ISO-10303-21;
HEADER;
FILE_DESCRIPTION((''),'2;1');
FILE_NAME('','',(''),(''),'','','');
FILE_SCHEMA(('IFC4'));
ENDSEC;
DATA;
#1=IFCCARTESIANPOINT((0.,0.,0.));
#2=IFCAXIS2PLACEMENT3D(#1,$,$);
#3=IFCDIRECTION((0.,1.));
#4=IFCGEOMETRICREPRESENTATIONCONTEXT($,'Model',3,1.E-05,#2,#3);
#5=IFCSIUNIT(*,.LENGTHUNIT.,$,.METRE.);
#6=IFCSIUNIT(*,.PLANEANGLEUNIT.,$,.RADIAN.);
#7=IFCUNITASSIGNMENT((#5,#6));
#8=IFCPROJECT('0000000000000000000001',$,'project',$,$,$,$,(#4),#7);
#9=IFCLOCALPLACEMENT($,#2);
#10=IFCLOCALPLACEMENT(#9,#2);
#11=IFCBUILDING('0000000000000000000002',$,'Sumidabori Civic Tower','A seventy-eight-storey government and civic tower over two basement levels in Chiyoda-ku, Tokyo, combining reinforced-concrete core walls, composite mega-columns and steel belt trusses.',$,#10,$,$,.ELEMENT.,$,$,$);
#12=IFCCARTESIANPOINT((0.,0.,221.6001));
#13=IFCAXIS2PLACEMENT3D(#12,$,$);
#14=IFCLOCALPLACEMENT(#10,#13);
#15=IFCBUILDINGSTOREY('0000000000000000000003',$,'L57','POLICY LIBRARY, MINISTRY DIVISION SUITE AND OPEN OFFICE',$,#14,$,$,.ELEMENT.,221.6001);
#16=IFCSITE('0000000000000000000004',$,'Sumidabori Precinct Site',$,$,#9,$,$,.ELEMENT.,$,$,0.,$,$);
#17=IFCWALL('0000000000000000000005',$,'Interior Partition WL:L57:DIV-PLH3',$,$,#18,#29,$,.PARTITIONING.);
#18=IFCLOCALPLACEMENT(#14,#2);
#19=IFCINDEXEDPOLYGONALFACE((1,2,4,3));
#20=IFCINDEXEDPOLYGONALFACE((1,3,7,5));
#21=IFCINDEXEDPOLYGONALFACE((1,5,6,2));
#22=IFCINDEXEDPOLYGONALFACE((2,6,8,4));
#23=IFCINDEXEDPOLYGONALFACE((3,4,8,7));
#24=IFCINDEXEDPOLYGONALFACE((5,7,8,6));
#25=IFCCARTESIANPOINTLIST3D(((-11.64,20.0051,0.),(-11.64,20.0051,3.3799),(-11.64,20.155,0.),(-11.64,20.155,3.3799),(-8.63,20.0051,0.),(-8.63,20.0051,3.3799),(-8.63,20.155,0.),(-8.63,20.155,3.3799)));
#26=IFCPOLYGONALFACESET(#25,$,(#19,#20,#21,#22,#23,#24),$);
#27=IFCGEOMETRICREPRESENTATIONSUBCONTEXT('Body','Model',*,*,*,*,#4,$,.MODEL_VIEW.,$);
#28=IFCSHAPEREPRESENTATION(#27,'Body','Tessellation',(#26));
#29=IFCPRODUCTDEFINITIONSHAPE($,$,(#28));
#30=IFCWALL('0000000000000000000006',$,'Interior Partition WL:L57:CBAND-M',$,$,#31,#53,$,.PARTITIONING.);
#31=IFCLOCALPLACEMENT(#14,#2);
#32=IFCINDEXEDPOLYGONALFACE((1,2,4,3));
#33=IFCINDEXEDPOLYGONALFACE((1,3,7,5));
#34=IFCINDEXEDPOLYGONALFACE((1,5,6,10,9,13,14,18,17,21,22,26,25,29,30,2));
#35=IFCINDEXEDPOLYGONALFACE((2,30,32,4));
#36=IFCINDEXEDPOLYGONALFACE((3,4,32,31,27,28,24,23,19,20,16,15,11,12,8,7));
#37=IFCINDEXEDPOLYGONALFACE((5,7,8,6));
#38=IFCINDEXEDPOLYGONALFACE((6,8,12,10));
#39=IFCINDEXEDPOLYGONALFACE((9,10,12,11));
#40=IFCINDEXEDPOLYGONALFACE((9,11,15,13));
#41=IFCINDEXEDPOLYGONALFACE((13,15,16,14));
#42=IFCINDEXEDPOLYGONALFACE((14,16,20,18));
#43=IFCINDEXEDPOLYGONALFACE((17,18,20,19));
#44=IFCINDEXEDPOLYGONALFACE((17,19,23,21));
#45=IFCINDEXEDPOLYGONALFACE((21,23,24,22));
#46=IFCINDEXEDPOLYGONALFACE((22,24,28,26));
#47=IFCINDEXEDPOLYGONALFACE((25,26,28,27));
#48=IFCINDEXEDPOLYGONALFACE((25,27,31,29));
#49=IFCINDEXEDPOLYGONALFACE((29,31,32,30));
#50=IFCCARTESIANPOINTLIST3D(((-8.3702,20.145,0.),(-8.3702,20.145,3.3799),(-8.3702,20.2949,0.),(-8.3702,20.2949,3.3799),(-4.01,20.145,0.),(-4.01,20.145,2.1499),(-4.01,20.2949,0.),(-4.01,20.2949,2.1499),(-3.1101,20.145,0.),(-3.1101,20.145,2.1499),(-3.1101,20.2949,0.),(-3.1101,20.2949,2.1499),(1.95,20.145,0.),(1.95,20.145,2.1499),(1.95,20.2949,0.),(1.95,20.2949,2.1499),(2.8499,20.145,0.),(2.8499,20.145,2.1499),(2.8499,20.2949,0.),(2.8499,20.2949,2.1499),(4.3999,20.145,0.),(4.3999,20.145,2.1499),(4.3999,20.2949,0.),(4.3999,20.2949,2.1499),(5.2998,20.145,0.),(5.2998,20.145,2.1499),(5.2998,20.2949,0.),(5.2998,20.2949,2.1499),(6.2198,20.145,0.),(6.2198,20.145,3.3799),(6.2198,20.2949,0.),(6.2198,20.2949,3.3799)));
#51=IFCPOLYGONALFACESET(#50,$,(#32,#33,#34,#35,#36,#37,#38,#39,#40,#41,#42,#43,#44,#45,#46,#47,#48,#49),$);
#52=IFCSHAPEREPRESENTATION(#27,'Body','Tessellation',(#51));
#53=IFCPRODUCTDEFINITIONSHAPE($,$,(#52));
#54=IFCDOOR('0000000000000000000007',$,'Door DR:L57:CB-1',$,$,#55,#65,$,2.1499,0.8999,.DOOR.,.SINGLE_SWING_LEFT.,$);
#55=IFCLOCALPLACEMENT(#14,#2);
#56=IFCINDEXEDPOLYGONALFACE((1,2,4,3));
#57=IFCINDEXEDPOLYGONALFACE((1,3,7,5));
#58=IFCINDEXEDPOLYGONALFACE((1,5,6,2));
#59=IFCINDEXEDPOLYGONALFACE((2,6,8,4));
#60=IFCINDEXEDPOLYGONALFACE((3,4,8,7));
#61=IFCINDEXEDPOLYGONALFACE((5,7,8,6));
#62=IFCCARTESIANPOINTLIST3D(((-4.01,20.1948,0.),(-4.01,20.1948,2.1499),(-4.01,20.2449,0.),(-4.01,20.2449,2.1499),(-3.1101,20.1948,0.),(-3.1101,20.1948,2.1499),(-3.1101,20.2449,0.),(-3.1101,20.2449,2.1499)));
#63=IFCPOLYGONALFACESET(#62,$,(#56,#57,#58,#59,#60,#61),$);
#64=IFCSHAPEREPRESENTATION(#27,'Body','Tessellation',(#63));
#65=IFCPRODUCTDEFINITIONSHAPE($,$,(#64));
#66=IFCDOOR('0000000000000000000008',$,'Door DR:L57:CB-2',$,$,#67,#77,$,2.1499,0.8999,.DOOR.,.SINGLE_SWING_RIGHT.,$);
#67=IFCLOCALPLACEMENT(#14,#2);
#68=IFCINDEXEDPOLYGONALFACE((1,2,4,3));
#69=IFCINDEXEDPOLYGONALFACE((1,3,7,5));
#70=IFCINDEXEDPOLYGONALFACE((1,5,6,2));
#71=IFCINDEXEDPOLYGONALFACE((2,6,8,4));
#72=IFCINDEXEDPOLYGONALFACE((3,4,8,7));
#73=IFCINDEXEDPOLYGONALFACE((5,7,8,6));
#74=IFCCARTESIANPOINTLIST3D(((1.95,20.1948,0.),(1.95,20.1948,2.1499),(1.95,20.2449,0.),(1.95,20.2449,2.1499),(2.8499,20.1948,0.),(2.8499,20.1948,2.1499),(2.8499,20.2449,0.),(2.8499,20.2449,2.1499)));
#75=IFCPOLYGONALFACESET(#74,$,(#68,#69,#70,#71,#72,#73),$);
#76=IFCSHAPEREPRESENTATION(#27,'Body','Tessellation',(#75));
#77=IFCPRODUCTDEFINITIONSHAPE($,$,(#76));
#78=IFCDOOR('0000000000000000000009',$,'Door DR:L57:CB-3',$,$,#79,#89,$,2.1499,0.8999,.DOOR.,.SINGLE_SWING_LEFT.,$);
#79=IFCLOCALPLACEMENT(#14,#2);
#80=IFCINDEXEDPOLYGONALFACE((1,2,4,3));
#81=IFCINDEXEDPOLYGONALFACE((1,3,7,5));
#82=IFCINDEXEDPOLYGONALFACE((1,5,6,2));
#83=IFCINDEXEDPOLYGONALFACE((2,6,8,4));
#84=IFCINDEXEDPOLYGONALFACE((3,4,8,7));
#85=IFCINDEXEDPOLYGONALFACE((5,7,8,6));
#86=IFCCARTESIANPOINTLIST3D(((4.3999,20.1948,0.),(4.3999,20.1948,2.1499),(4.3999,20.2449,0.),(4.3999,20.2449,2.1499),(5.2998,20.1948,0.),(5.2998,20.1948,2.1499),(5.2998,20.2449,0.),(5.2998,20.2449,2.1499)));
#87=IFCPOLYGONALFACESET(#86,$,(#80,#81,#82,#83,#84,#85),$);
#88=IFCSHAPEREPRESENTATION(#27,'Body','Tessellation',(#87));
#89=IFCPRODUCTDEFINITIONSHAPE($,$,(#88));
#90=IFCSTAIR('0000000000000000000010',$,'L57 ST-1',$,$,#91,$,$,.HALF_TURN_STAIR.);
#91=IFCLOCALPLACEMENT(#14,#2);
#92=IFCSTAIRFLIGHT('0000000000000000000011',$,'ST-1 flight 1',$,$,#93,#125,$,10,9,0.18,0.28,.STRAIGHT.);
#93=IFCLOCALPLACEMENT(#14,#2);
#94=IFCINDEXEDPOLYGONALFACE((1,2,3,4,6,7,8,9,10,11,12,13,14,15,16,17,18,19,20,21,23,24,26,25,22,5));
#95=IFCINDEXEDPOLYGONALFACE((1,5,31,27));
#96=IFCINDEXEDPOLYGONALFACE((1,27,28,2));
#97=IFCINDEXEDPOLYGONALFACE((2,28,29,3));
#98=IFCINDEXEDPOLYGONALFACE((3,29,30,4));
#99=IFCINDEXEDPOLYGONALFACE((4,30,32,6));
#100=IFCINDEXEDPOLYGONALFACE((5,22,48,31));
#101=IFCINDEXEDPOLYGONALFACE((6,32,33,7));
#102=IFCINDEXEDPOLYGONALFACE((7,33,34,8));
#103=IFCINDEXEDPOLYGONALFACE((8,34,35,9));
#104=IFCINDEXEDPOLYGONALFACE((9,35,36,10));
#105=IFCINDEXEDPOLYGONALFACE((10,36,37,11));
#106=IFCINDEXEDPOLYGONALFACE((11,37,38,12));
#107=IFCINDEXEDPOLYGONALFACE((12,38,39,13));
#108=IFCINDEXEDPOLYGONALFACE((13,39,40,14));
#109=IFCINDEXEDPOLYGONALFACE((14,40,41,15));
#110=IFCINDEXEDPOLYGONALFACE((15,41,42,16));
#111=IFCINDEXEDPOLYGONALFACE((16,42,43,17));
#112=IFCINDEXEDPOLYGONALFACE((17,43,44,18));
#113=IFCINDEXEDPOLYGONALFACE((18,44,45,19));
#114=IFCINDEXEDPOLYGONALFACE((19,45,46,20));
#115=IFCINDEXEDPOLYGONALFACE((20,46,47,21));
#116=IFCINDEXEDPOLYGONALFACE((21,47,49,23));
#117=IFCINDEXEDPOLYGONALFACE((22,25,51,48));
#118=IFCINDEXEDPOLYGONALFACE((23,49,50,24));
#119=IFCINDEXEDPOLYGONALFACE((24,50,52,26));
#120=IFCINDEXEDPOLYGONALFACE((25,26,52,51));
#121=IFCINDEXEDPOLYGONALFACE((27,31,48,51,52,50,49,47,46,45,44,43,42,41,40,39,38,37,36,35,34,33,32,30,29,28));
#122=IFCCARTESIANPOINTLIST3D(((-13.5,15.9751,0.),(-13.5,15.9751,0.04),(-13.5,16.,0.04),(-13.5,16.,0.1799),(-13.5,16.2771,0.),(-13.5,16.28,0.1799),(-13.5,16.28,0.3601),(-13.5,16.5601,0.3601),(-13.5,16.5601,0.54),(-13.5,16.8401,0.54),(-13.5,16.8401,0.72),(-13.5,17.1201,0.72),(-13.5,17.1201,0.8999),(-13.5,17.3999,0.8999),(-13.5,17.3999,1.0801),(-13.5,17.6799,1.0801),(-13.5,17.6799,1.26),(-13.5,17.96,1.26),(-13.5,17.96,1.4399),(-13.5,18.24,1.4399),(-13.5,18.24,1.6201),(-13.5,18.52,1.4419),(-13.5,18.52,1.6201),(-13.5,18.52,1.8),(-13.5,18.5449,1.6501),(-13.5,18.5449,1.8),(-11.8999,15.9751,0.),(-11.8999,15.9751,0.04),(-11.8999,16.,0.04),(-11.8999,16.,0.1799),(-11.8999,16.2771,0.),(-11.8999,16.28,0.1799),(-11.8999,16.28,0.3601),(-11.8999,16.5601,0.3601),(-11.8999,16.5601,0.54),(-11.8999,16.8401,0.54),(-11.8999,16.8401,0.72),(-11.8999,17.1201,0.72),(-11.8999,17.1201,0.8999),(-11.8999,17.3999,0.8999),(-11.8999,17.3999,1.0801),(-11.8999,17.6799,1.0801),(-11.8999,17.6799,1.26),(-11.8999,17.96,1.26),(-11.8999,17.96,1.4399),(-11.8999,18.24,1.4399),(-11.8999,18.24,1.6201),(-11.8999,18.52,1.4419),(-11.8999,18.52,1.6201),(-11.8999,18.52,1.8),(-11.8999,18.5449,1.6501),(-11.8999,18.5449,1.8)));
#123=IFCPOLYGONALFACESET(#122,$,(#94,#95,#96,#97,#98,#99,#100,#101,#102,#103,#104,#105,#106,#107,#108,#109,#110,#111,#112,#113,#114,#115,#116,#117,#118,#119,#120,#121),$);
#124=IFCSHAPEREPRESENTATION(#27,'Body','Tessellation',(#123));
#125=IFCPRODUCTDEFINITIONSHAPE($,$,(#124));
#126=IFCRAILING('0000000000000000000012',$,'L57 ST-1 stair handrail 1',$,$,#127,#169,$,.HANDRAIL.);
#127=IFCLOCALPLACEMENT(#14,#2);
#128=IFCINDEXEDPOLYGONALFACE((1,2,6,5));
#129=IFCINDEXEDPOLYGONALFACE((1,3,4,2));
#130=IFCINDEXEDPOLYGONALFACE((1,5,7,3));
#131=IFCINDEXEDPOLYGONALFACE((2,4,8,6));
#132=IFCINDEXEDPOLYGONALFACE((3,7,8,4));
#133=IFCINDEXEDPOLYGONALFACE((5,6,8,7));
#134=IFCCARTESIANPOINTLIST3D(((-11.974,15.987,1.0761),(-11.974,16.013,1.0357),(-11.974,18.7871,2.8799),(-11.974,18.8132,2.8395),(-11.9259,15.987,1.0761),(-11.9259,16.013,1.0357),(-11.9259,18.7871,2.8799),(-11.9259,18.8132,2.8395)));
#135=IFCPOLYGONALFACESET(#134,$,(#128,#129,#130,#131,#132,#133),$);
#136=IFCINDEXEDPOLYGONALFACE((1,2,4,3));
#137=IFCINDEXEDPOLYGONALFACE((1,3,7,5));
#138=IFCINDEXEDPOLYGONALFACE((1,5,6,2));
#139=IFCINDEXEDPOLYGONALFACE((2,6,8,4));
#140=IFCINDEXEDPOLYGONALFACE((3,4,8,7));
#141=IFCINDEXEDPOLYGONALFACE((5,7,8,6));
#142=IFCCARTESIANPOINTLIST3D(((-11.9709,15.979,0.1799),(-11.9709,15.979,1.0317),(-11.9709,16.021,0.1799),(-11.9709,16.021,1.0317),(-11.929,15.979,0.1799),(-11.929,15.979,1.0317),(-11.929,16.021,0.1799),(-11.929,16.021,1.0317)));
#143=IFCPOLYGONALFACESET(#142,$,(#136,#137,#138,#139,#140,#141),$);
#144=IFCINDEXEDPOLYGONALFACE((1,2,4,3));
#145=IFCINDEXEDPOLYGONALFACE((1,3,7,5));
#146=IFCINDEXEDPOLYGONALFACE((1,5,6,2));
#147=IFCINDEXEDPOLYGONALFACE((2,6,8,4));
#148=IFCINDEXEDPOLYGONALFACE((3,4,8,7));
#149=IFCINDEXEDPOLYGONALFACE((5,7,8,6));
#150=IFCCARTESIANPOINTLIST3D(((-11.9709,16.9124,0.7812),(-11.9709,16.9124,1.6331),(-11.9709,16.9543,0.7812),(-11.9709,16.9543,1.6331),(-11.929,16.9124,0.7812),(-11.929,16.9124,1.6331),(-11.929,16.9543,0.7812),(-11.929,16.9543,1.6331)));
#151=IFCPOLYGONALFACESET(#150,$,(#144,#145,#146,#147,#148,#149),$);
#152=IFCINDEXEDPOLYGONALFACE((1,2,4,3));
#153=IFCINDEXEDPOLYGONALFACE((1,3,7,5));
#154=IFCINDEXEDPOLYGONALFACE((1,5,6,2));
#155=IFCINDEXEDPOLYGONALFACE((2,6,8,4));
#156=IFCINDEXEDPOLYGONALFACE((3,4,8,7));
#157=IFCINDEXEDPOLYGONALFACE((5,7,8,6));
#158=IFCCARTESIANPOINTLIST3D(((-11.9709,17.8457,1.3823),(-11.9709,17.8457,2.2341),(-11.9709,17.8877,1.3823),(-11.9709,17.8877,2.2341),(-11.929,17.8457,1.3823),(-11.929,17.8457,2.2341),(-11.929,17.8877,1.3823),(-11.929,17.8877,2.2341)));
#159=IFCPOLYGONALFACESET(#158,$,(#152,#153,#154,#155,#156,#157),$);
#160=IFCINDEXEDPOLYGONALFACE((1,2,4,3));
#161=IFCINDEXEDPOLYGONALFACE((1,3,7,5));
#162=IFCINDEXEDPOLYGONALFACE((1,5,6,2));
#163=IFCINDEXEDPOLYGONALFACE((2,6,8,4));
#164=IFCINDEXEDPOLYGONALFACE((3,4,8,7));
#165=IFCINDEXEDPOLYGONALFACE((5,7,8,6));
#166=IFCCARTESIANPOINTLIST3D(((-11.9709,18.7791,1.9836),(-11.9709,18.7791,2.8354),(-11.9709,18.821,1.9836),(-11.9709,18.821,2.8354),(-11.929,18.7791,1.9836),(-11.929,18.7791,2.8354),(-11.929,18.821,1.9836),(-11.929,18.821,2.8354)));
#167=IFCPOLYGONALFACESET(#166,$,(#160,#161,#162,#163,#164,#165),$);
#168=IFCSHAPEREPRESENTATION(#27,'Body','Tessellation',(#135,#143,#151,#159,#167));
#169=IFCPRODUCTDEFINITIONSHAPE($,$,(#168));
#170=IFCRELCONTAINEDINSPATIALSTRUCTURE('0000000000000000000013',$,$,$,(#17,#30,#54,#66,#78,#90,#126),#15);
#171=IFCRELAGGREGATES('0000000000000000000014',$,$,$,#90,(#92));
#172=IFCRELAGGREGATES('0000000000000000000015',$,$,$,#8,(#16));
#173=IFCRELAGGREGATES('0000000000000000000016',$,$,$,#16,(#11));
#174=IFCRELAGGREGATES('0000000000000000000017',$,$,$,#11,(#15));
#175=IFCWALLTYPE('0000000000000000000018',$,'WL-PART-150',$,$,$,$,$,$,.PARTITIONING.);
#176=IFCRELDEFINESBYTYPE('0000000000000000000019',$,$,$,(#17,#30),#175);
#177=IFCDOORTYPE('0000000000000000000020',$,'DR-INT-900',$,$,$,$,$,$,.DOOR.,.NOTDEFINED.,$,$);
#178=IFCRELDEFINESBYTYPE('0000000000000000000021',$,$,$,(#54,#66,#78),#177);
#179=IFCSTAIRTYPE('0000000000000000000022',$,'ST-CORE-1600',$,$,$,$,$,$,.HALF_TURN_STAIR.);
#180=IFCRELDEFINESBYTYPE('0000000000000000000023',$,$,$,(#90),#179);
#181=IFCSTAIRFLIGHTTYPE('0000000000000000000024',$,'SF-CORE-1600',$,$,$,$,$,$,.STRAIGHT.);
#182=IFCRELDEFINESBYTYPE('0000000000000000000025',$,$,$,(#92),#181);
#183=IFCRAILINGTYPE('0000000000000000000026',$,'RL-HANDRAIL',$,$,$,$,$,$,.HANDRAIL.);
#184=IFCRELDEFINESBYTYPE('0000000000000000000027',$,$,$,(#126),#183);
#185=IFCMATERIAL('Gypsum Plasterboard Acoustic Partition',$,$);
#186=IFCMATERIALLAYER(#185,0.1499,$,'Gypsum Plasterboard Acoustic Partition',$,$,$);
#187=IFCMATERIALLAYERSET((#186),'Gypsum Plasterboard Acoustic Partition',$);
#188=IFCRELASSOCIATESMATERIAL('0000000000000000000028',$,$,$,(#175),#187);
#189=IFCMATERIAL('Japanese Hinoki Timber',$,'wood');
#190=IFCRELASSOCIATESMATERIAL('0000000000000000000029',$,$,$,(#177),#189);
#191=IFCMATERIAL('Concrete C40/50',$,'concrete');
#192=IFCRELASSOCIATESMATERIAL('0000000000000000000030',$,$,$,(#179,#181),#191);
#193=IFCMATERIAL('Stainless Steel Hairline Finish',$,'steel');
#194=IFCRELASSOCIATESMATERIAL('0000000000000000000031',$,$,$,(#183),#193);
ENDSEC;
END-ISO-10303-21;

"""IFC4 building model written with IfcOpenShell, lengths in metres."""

from ifc_helpers import new_model, si_unit, direction, frame, frame_2d, origin, origin_2d, place, context, subcontext, project, spatial, polyline, rectangle, outline, extrude, source, transform, mapped, material, layer, layer_set, type_object, element, fill, aggregate, save


model = new_model("IFC4")

# Units and contexts
model_context = context("Model", 3, precision=1e-05, world=origin(), true_north=direction((0.0, 1.0)))
body_context = subcontext(model_context, "Body", "Model", "MODEL_VIEW")
ifc_project = project(units=[si_unit("LENGTHUNIT", "METRE"), si_unit("PLANEANGLEUNIT", "RADIAN")], contexts=[model_context])

# Site, building, storey
site_placement = place(None, origin())
site = spatial("IfcSite", under=ifc_project, at=site_placement, Name="Sumidabori Precinct Site", CompositionType="ELEMENT", RefElevation=0.0)
building_placement = place(site_placement, origin())
building = spatial("IfcBuilding", under=site, at=building_placement, Name="Sumidabori Civic Tower", Description="A seventy-eight-storey government and civic tower over two basement levels in Chiyoda-ku, Tokyo, combining reinforced-concrete core walls, composite mega-columns and steel belt trusses.", CompositionType="ELEMENT")
storey_placement = place(building_placement, frame((0.0, 0.0, 221.6001)))
storey = spatial("IfcBuildingStorey", under=building, at=storey_placement, Name="L57", Description="POLICY LIBRARY, MINISTRY DIVISION SUITE AND OPEN OFFICE", CompositionType="ELEMENT", Elevation=221.6001)

# Wall
ifc_material_1 = material(Name="Gypsum Plasterboard Acoustic Partition")
ifc_layer_1 = layer(ifc_material_1, 0.1499, Name="Gypsum Plasterboard Acoustic Partition")
ifc_layer_set_1 = layer_set([ifc_layer_1], Name="Gypsum Plasterboard Acoustic Partition")
wall_type_1 = type_object("IfcWallType", Name="WL-PART-150", PredefinedType="PARTITIONING", material=ifc_layer_set_1)
shared_shape_1 = source(origin(), body_context, "Body", "SweptSolid", [
    extrude(rectangle(XDim=3.01, YDim=0.1499, at=frame_2d((1.5049, 0.0))), origin(), (0.0, 0.0, 1.0), 3.3799),
])
for number, where, z_axis, x_axis, name in (
    (1, (-11.6399, 20.0801, 0.0), (0.0, 0.0, 1.0), (1.0, 0.0, 0.0), "Interior Partition WL:L57:DIV-PLH3"),
):
    element("IfcWall", number, at=place(storey_placement, frame(where, z_axis=z_axis, x_axis=x_axis)), inside=storey, type_object=wall_type_1, Name=name, PredefinedType="PARTITIONING", context=body_context, shape_type="MappedRepresentation", body=[
        mapped(shared_shape_1, transform((0.0, 0.0, 0.0), x_axis=(1.0, 0.0, 0.0), y_axis=(0.0, 1.0, 0.0), z_axis=(0.0, 0.0, 1.0), scale=1.0)),
    ])

# Wall, openings, doors
shared_shape_2 = source(origin(), body_context, "Body", "SweptSolid", [
    extrude(rectangle(XDim=14.5901, YDim=0.1499, at=frame_2d((7.2949, 0.0))), origin(), (0.0, 0.0, 1.0), 3.3799),
])
wall_1_placement = place(storey_placement, frame((-8.3701, 20.22, 0.0), z_axis=(0.0, 0.0, 1.0), x_axis=(1.0, 0.0, 0.0)))
wall_1 = element("IfcWall", 2, at=wall_1_placement, inside=storey, type_object=wall_type_1, Name="Interior Partition WL:L57:CBAND-M", PredefinedType="PARTITIONING", context=body_context, shape_type="MappedRepresentation", body=[
    mapped(shared_shape_2, transform((0.0, 0.0, 0.0), x_axis=(1.0, 0.0, 0.0), y_axis=(0.0, 1.0, 0.0), z_axis=(0.0, 0.0, 1.0), scale=1.0)),
])
opening_1_placement = place(wall_1_placement, frame((4.3601, 0.0, 0.0)))
opening_1 = element("IfcOpeningElement", 3, at=opening_1_placement, cuts=wall_1, PredefinedType="OPENING", context=body_context, shape_type="SweptSolid", body=[
    extrude(rectangle(XDim=0.8999, YDim=2.1499, at=frame_2d((0.45, 1.075))), frame((0.0, 0.0869, 0.0), z_axis=(0.0, -1.0, 0.0), x_axis=(1.0, 0.0, 0.0)), (0.0, 0.0, 1.0), 0.1738),
])
opening_2_placement = place(wall_1_placement, frame((10.3201, 0.0, 0.0)))
opening_2 = element("IfcOpeningElement", 4, at=opening_2_placement, cuts=wall_1, PredefinedType="OPENING", context=body_context, shape_type="SweptSolid", body=[
    extrude(rectangle(XDim=0.8999, YDim=2.1499, at=frame_2d((0.45, 1.075))), frame((0.0, 0.0869, 0.0), z_axis=(0.0, -1.0, 0.0), x_axis=(1.0, 0.0, 0.0)), (0.0, 0.0, 1.0), 0.1738),
])
opening_3_placement = place(wall_1_placement, frame((12.77, 0.0, 0.0)))
opening_3 = element("IfcOpeningElement", 5, at=opening_3_placement, cuts=wall_1, PredefinedType="OPENING", context=body_context, shape_type="SweptSolid", body=[
    extrude(rectangle(XDim=0.8999, YDim=2.1499, at=frame_2d((0.45, 1.075))), frame((0.0, 0.0869, 0.0), z_axis=(0.0, -1.0, 0.0), x_axis=(1.0, 0.0, 0.0)), (0.0, 0.0, 1.0), 0.1738),
])
ifc_material_2 = material(Name="Japanese Hinoki Timber", Category="wood")
door_type = type_object("IfcDoorType", Name="DR-INT-900", OperationType="NOTDEFINED", PredefinedType="DOOR", material=ifc_material_2)
shared_shape_3 = source(origin(), body_context, "Body", "SweptSolid", [
    extrude(rectangle(XDim=0.8999, YDim=2.1499, at=frame_2d((0.45, 1.075))), frame((0.0, 0.0249, 0.0), z_axis=(0.0, -1.0, 0.0), x_axis=(1.0, 0.0, 0.0)), (0.0, 0.0, 1.0), 0.05),
])
door_1_placement = place(opening_1_placement, origin())
door_1 = element("IfcDoor", 6, at=door_1_placement, inside=storey, type_object=door_type, Name="Door DR:L57:CB-1", OperationType="SINGLE_SWING_LEFT", OverallHeight=2.1499, OverallWidth=0.8999, PredefinedType="DOOR", context=body_context, shape_type="MappedRepresentation", body=[
    mapped(shared_shape_3, transform((0.0, 0.0, 0.0), x_axis=(1.0, 0.0, 0.0), y_axis=(0.0, 1.0, 0.0), z_axis=(0.0, 0.0, 1.0), scale=1.0)),
])
fill(opening_1, door_1)
door_2_placement = place(opening_2_placement, origin())
door_2 = element("IfcDoor", 7, at=door_2_placement, inside=storey, type_object=door_type, Name="Door DR:L57:CB-2", OperationType="SINGLE_SWING_RIGHT", OverallHeight=2.1499, OverallWidth=0.8999, PredefinedType="DOOR", context=body_context, shape_type="MappedRepresentation", body=[
    mapped(shared_shape_3, transform((0.0, 0.0, 0.0), x_axis=(1.0, 0.0, 0.0), y_axis=(0.0, 1.0, 0.0), z_axis=(0.0, 0.0, 1.0), scale=1.0)),
])
fill(opening_2, door_2)
door_3_placement = place(opening_3_placement, origin())
door_3 = element("IfcDoor", 8, at=door_3_placement, inside=storey, type_object=door_type, Name="Door DR:L57:CB-3", OperationType="SINGLE_SWING_LEFT", OverallHeight=2.1499, OverallWidth=0.8999, PredefinedType="DOOR", context=body_context, shape_type="MappedRepresentation", body=[
    mapped(shared_shape_3, transform((0.0, 0.0, 0.0), x_axis=(1.0, 0.0, 0.0), y_axis=(0.0, 1.0, 0.0), z_axis=(0.0, 0.0, 1.0), scale=1.0)),
])
fill(opening_3, door_3)

# Stair, stair flight
ifc_material_3 = material(Name="Concrete C40/50", Category="concrete")
stair_type = type_object("IfcStairType", Name="ST-CORE-1600", PredefinedType="HALF_TURN_STAIR", material=ifc_material_3)
stair_placement = place(storey_placement, origin())
stair = element("IfcStair", 9, at=stair_placement, inside=storey, type_object=stair_type, Name="L57 ST-1", PredefinedType="HALF_TURN_STAIR")
stair_flight_type = type_object("IfcStairFlightType", Name="SF-CORE-1600", PredefinedType="STRAIGHT", material=ifc_material_3)
shared_shape_4 = source(origin(), body_context, "Body", "SweptSolid", [
    extrude(outline(polyline([(-0.0249, 0.0), (-0.0249, 0.04), (0.0, 0.04), (0.0, 0.1799), (0.28, 0.1799), (0.28, 0.3601), (0.5601, 0.3601), (0.5601, 0.54), (0.8401, 0.54), (0.8401, 0.72), (1.1201, 0.72), (1.1201, 0.8999), (1.3999, 0.8999), (1.3999, 1.0801), (1.6799, 1.0801), (1.6799, 1.26), (1.96, 1.26), (1.96, 1.4399), (2.24, 1.4399), (2.24, 1.6201), (2.52, 1.6201), (2.52, 1.8), (2.5449, 1.8), (2.5449, 1.6501), (2.52, 1.4419), (0.2771, 0.0), (-0.0249, 0.0)])), frame((0.0, 0.8, 0.0), z_axis=(0.0, -1.0, 0.0), x_axis=(1.0, 0.0, 0.0)), (0.0, 0.0, 1.0), 1.6001),
])
stair_flight_placement = place(storey_placement, frame((-12.7, 16.0, 0.0), z_axis=(0.0, 0.0, 1.0), x_axis=(0.0, 1.0, 0.0)))
stair_flight = element("IfcStairFlight", 10, at=stair_flight_placement, type_object=stair_flight_type, Name="ST-1 flight 1", NumberOfRisers=10, NumberOfTreads=9, PredefinedType="STRAIGHT", RiserHeight=0.18, TreadLength=0.28, context=body_context, shape_type="MappedRepresentation", body=[
    mapped(shared_shape_4, transform((0.0, 0.0, 0.0), x_axis=(1.0, 0.0, 0.0), y_axis=(0.0, 1.0, 0.0), z_axis=(0.0, 0.0, 1.0), scale=1.0)),
])
aggregate(stair, [stair_flight])

# Railing
ifc_material_4 = material(Name="Stainless Steel Hairline Finish", Category="steel")
railing_type_1 = type_object("IfcRailingType", Name="RL-HANDRAIL", PredefinedType="HANDRAIL", material=ifc_material_4)
railing_1_placement = place(storey_placement, frame((-11.95, 16.0, 0.1799)))
element("IfcRailing", 11, at=railing_1_placement, inside=storey, type_object=railing_type_1, Name="L57 ST-1 stair handrail 1", PredefinedType="HANDRAIL", context=body_context, shape_type="SweptSolid", body=[
    extrude(rectangle(XDim=0.0481, YDim=0.0481, at=origin_2d()), frame((0.0, 0.0, 0.876), z_axis=(0.0, 0.840676, 0.541539), x_axis=(-1.0, 0.0, 0.0)), (0.0, 0.0, 1.0), 3.3308),
    extrude(rectangle(XDim=0.042, YDim=0.042, at=origin_2d()), origin(), (0.0, 0.0, 1.0), 0.8518),
    extrude(rectangle(XDim=0.042, YDim=0.042, at=origin_2d()), frame((0.0, 0.9333, 0.6013)), (0.0, 0.0, 1.0), 0.8518),
    extrude(rectangle(XDim=0.042, YDim=0.042, at=origin_2d()), frame((0.0, 1.8667, 1.2024)), (0.0, 0.0, 1.0), 0.8518),
    extrude(rectangle(XDim=0.042, YDim=0.042, at=origin_2d()), frame((0.0, 2.8, 1.8037)), (0.0, 0.0, 1.0), 0.8518),
])

save(model, "model.ifc")
